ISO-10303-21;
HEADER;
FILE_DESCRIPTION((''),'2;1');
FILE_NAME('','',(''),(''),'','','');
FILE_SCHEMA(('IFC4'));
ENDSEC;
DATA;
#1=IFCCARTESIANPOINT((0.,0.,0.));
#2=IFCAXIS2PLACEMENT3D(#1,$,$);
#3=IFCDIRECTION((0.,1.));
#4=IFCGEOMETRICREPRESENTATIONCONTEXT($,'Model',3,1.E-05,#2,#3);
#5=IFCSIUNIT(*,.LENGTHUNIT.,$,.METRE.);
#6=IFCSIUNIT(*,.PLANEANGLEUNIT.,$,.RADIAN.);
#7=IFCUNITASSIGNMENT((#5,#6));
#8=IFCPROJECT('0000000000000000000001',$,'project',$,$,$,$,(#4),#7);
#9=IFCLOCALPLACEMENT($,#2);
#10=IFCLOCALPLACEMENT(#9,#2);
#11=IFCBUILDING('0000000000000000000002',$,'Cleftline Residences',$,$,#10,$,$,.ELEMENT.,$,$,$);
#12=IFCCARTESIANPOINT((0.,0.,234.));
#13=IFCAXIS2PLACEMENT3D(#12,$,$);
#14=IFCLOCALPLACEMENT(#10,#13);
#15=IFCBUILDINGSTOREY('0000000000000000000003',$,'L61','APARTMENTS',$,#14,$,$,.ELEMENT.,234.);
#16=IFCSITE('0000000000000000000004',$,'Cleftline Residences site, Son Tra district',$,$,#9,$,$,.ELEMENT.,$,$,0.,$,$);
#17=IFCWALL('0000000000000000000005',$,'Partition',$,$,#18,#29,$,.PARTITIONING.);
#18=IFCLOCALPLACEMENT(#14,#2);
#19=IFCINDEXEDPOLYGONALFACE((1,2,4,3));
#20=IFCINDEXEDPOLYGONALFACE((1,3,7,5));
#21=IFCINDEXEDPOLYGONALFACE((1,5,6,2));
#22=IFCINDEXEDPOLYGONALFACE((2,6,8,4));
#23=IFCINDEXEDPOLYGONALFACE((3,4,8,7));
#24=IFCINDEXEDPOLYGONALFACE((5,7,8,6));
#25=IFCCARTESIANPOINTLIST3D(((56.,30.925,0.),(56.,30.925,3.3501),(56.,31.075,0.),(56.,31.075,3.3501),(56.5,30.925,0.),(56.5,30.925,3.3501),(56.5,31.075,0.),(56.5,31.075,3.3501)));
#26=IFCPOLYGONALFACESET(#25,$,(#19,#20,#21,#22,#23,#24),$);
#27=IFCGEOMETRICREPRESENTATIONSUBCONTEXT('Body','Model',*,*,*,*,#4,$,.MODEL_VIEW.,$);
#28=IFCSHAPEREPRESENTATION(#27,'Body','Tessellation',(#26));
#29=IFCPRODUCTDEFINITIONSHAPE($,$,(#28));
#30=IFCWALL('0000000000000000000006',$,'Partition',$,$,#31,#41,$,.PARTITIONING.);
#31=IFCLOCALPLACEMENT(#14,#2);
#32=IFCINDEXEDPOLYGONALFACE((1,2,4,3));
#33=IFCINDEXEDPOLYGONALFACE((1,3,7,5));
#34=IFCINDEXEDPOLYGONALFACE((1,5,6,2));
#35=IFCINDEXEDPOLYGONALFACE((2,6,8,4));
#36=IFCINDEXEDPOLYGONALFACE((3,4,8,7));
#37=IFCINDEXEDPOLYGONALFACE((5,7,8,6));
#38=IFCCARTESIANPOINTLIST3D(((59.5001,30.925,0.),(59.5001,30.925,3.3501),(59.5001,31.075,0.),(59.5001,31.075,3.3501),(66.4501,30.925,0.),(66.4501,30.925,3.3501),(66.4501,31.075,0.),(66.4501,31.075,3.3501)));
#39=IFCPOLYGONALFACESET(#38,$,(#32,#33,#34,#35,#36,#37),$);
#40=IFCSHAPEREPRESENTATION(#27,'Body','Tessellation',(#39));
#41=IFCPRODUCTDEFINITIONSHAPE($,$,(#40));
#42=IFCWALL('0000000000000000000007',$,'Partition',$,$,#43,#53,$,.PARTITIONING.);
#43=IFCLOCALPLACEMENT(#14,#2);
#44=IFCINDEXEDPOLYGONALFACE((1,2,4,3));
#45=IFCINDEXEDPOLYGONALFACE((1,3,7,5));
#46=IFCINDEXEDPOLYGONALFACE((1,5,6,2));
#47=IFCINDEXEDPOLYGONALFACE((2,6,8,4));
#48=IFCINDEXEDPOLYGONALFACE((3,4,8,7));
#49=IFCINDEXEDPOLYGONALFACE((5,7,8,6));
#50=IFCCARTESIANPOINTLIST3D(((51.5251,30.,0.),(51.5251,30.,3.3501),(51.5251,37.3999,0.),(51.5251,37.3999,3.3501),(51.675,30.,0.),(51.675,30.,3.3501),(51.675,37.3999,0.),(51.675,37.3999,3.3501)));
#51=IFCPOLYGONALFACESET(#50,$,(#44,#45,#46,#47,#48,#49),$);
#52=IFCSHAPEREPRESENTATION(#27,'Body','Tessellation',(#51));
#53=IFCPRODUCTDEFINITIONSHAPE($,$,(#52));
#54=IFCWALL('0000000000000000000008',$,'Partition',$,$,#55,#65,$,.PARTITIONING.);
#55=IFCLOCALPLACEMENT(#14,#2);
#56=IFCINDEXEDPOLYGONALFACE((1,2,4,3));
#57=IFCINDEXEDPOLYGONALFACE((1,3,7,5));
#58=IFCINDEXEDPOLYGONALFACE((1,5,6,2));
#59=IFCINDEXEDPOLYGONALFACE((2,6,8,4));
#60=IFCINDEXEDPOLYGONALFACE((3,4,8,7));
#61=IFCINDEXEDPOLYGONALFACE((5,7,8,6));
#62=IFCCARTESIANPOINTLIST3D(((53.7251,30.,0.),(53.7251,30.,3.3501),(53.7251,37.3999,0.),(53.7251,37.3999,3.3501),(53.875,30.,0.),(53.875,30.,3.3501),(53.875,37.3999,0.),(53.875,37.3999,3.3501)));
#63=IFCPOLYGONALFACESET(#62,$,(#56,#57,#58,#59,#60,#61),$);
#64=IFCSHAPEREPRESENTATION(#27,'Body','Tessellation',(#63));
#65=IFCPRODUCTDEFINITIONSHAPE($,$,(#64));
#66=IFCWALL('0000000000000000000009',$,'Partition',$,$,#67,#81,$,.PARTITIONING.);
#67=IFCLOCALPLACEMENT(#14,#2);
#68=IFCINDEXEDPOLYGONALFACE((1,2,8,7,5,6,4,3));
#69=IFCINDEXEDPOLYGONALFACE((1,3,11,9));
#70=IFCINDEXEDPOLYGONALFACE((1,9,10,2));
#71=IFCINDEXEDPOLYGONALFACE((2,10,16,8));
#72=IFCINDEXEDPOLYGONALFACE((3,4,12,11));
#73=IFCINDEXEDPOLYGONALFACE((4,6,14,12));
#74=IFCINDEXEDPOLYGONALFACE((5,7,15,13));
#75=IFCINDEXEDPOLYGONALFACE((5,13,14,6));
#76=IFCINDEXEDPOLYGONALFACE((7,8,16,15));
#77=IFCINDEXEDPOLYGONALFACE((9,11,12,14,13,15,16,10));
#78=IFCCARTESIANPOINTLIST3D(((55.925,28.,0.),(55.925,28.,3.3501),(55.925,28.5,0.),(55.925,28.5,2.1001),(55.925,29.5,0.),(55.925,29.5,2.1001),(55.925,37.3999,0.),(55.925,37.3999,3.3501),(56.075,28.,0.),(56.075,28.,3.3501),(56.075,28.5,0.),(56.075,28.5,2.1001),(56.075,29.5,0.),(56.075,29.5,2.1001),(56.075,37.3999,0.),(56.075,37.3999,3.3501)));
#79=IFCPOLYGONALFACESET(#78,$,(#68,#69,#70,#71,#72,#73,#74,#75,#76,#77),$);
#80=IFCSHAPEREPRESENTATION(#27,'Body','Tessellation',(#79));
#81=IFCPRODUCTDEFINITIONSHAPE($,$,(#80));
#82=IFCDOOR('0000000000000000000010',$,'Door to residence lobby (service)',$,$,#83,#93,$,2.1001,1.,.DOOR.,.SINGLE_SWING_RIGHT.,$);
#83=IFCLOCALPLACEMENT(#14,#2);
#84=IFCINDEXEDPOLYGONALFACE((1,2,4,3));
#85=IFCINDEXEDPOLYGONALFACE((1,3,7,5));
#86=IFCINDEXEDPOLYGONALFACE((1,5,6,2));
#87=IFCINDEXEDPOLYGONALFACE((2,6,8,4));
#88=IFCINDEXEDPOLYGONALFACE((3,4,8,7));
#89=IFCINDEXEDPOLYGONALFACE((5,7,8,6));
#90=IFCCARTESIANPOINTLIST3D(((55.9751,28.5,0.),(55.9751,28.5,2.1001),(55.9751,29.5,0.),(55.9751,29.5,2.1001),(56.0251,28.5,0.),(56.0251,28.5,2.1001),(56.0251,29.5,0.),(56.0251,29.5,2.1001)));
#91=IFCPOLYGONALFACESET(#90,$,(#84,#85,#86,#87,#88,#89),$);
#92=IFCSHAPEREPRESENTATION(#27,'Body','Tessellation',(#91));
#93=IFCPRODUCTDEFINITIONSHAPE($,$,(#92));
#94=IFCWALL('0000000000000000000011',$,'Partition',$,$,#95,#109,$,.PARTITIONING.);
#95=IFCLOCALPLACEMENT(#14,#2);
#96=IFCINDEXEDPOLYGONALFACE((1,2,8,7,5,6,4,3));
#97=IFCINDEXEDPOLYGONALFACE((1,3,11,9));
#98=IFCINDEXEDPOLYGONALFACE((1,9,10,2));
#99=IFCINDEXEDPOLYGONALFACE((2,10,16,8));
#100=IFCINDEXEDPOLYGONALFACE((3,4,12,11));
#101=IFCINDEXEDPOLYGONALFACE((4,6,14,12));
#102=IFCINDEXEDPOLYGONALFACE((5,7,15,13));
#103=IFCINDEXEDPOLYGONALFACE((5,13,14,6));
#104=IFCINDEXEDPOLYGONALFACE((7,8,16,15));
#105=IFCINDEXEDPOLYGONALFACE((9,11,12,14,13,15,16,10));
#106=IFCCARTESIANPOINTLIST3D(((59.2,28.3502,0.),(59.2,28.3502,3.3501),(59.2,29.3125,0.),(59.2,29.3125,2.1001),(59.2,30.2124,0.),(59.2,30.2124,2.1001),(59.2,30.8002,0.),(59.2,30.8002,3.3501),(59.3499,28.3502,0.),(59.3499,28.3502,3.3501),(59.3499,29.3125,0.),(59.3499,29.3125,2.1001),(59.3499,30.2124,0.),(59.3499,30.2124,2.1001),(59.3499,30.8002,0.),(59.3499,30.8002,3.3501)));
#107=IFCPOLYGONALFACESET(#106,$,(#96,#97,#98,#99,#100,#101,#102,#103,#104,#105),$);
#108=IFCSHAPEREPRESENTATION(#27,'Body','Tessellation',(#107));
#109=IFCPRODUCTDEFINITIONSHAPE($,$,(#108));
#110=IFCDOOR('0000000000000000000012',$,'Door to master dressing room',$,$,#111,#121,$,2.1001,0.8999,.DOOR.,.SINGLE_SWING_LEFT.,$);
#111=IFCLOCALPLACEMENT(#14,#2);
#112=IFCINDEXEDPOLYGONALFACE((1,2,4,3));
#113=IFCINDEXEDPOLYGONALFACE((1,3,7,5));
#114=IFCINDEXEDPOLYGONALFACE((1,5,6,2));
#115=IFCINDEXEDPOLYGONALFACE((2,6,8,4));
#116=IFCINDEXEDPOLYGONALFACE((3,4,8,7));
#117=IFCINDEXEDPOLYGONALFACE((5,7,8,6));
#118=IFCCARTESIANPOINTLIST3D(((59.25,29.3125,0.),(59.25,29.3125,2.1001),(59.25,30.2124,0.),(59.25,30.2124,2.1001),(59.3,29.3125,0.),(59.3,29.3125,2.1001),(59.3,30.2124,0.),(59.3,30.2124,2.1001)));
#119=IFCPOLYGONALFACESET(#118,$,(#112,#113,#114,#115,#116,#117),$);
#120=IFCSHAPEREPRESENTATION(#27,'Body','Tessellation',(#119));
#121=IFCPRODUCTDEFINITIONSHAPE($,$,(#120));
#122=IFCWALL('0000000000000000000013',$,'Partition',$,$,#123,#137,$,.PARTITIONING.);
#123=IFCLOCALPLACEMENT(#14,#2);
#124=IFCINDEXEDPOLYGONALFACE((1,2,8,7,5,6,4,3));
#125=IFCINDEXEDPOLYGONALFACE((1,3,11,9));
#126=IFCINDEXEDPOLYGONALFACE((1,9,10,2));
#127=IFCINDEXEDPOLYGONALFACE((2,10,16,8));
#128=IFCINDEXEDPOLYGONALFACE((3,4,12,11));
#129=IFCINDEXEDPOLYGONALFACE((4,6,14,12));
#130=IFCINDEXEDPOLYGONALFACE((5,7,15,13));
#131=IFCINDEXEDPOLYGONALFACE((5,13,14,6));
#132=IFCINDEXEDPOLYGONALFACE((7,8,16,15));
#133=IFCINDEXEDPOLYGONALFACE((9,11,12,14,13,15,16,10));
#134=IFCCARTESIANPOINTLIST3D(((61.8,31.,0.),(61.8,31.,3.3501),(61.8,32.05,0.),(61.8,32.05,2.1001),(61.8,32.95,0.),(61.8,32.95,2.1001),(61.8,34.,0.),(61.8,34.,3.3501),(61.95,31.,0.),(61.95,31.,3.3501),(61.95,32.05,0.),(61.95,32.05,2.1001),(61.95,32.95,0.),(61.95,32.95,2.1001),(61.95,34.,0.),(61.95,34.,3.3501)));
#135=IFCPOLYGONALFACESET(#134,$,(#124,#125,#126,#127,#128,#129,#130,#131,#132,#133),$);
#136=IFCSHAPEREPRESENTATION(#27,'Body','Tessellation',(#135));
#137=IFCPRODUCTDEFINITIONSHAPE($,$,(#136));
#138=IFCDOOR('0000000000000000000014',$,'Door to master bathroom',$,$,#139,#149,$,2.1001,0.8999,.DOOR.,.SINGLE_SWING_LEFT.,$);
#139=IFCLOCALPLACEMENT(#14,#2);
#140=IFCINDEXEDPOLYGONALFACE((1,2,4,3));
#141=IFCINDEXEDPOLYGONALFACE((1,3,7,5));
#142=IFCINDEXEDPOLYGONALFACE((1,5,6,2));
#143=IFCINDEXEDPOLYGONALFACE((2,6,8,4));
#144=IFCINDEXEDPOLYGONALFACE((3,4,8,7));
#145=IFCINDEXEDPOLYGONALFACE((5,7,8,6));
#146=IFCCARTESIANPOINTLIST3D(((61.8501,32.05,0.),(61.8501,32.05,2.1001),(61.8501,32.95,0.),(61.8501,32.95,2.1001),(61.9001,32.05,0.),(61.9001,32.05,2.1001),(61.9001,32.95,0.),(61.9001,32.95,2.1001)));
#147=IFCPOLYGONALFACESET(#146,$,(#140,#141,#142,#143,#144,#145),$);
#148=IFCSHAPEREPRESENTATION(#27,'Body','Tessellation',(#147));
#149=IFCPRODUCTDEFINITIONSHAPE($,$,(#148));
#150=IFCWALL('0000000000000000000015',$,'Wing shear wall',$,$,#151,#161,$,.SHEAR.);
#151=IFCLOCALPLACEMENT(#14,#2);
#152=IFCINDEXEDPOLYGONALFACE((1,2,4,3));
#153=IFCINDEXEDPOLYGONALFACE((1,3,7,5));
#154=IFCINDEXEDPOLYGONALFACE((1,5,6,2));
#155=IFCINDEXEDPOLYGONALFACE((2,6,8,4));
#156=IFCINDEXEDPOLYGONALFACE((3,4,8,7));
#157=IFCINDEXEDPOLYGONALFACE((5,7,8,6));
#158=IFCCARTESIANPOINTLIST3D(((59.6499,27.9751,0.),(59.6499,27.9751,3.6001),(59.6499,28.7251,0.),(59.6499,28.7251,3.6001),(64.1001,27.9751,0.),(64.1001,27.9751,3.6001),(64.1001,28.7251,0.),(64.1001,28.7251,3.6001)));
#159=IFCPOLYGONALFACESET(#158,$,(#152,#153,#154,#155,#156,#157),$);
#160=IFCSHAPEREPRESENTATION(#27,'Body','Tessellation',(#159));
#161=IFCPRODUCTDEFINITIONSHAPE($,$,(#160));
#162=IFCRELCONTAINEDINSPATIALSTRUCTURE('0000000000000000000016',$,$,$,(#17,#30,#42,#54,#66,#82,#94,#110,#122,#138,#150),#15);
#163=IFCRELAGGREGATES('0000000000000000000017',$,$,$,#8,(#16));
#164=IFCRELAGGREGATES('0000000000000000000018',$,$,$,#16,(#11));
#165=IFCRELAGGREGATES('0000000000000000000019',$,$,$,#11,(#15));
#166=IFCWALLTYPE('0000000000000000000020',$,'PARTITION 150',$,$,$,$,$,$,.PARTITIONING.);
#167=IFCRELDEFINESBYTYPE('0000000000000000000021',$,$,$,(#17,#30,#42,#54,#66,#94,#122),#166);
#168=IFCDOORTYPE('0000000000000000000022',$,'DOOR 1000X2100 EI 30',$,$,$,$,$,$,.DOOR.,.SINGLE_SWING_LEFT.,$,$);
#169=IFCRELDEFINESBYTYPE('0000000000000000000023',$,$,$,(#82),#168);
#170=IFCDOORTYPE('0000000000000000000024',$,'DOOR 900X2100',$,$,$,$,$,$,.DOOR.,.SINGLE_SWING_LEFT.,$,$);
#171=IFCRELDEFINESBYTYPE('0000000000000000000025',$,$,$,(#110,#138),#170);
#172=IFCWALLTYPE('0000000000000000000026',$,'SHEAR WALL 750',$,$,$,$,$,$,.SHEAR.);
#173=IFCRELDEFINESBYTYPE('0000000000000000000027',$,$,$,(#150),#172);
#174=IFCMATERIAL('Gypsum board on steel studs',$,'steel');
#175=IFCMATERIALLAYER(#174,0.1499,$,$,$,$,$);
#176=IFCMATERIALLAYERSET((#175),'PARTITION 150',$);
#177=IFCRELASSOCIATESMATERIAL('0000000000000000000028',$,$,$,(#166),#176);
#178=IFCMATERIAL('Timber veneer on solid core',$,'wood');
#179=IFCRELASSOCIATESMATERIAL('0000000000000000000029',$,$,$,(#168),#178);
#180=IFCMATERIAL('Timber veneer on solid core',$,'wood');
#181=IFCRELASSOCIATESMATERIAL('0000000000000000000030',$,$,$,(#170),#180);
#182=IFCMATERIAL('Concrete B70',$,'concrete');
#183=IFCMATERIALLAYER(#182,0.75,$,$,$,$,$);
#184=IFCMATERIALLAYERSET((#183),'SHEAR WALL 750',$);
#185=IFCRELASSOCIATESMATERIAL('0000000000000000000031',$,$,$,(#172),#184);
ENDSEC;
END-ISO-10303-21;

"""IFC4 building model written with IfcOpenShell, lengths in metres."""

from ifc_helpers import new_model, si_unit, direction, frame, frame_2d, origin, place, context, subcontext, project, spatial, rectangle, extrude, material, layer, layer_set, type_object, element, fill, save


model = new_model("IFC4")

# Units and contexts
model_context = context("Model", 3, precision=1e-05, world=origin(), true_north=direction((0.0, 1.0)))
body_context = subcontext(model_context, "Body", "Model", "MODEL_VIEW")
ifc_project = project(units=[si_unit("LENGTHUNIT", "METRE"), si_unit("PLANEANGLEUNIT", "RADIAN")], contexts=[model_context])

# Site, building, storey
site_placement = place(None, origin())
site = spatial("IfcSite", under=ifc_project, at=site_placement, Name="Cleftline Residences site, Son Tra district", CompositionType="ELEMENT", RefElevation=0.0)
building_placement = place(site_placement, origin())
building = spatial("IfcBuilding", under=site, at=building_placement, Name="Cleftline Residences", CompositionType="ELEMENT")
storey_placement = place(building_placement, frame((0.0, 0.0, 234.0)))
storey = spatial("IfcBuildingStorey", under=building, at=storey_placement, Name="L61", Description="APARTMENTS", CompositionType="ELEMENT", Elevation=234.0)

# Shared definitions
ifc_material_1 = material(Name="Gypsum board on steel studs", Category="steel")
ifc_layer_1 = layer(ifc_material_1, 0.1499)
ifc_layer_set_1 = layer_set([ifc_layer_1], Name="PARTITION 150")
wall_type_1 = type_object("IfcWallType", Name="PARTITION 150", PredefinedType="PARTITIONING", material=ifc_layer_set_1)

# Walls
wall_1_placement = place(storey_placement, frame((56.0, 31.0, 0.0), z_axis=(0.0, 0.0, 1.0), x_axis=(1.0, 0.0, 0.0)))
element("IfcWall", 1, at=wall_1_placement, inside=storey, type_object=wall_type_1, Name="Partition", PredefinedType="PARTITIONING", context=body_context, shape_type="SweptSolid", body=[
    extrude(rectangle(XDim=0.5, YDim=0.1499, at=frame_2d((0.25, 0.0))), origin(), (0.0, 0.0, 1.0), 3.3501),
])
wall_2_placement = place(storey_placement, frame((59.5, 31.0, 0.0), z_axis=(0.0, 0.0, 1.0), x_axis=(1.0, 0.0, 0.0)))
element("IfcWall", 2, at=wall_2_placement, inside=storey, type_object=wall_type_1, Name="Partition", PredefinedType="PARTITIONING", context=body_context, shape_type="SweptSolid", body=[
    extrude(rectangle(XDim=6.95, YDim=0.1499, at=frame_2d((3.4751, 0.0))), origin(), (0.0, 0.0, 1.0), 3.3501),
])
for number, where, z_axis, x_axis, name in (
    (3, (51.6001, 30.0, 0.0), (0.0, 0.0, 1.0), (0.0, 1.0, 0.0), "Partition"),
    (4, (53.8, 30.0, 0.0), (0.0, 0.0, 1.0), (0.0, 1.0, 0.0), "Partition"),
):
    element("IfcWall", number, at=place(storey_placement, frame(where, z_axis=z_axis, x_axis=x_axis)), inside=storey, type_object=wall_type_1, Name=name, PredefinedType="PARTITIONING", context=body_context, shape_type="SweptSolid", body=[
        extrude(rectangle(XDim=7.3999, YDim=0.1499, at=frame_2d((3.7, 0.0))), origin(), (0.0, 0.0, 1.0), 3.3501),
    ])

# Walls, openings, doors
wall_3_placement = place(storey_placement, frame((56.0, 28.0, 0.0), z_axis=(0.0, 0.0, 1.0), x_axis=(0.0, 1.0, 0.0)))
wall_3 = element("IfcWall", 5, at=wall_3_placement, inside=storey, type_object=wall_type_1, Name="Partition", PredefinedType="PARTITIONING", context=body_context, shape_type="SweptSolid", body=[
    extrude(rectangle(XDim=9.3999, YDim=0.1499, at=frame_2d((4.7, 0.0))), origin(), (0.0, 0.0, 1.0), 3.3501),
])
opening_1_placement = place(wall_3_placement, frame((0.5, 0.0, 0.0)))
opening_1 = element("IfcOpeningElement", 6, at=opening_1_placement, cuts=wall_3, PredefinedType="OPENING", context=body_context, shape_type="SweptSolid", body=[
    extrude(rectangle(XDim=1.0, YDim=2.1001, at=frame_2d((0.5, 1.05))), frame((0.0, 0.085, 0.0), z_axis=(0.0, -1.0, 0.0), x_axis=(1.0, 0.0, 0.0)), (0.0, 0.0, 1.0), 0.1699),
])
ifc_material_2 = material(Name="Timber veneer on solid core", Category="wood")
door_type_1 = type_object("IfcDoorType", Name="DOOR 1000X2100 EI 30", OperationType="SINGLE_SWING_LEFT", PredefinedType="DOOR", material=ifc_material_2)
door_1_placement = place(opening_1_placement, origin())
door_1 = element("IfcDoor", 7, at=door_1_placement, inside=storey, type_object=door_type_1, Name="Door to residence lobby (service)", OperationType="SINGLE_SWING_RIGHT", OverallHeight=2.1001, OverallWidth=1.0, PredefinedType="DOOR", context=body_context, shape_type="SweptSolid", body=[
    extrude(rectangle(XDim=1.0, YDim=2.1001, at=frame_2d((0.5, 1.05))), frame((0.0, 0.0249, 0.0), z_axis=(0.0, -1.0, 0.0), x_axis=(1.0, 0.0, 0.0)), (0.0, 0.0, 1.0), 0.05),
])
fill(opening_1, door_1)
wall_4_placement = place(storey_placement, frame((59.2749, 28.3501, 0.0), z_axis=(0.0, 0.0, 1.0), x_axis=(0.0, 1.0, 0.0)))
wall_4 = element("IfcWall", 8, at=wall_4_placement, inside=storey, type_object=wall_type_1, Name="Partition", PredefinedType="PARTITIONING", context=body_context, shape_type="SweptSolid", body=[
    extrude(rectangle(XDim=2.45, YDim=0.1499, at=frame_2d((1.2251, 0.0))), origin(), (0.0, 0.0, 1.0), 3.3501),
])
opening_2_placement = place(wall_4_placement, frame((0.9624, 0.0, 0.0)))
opening_2 = element("IfcOpeningElement", 9, at=opening_2_placement, cuts=wall_4, PredefinedType="OPENING", context=body_context, shape_type="SweptSolid", body=[
    extrude(rectangle(XDim=0.8999, YDim=2.1001, at=frame_2d((0.45, 1.05))), frame((0.0, 0.085, 0.0), z_axis=(0.0, -1.0, 0.0), x_axis=(1.0, 0.0, 0.0)), (0.0, 0.0, 1.0), 0.1699),
])
ifc_material_3 = material(Name="Timber veneer on solid core", Category="wood")
door_type_2 = type_object("IfcDoorType", Name="DOOR 900X2100", OperationType="SINGLE_SWING_LEFT", PredefinedType="DOOR", material=ifc_material_3)
door_2_placement = place(opening_2_placement, origin())
door_2 = element("IfcDoor", 10, at=door_2_placement, inside=storey, type_object=door_type_2, Name="Door to master dressing room", OperationType="SINGLE_SWING_LEFT", OverallHeight=2.1001, OverallWidth=0.8999, PredefinedType="DOOR", context=body_context, shape_type="SweptSolid", body=[
    extrude(rectangle(XDim=0.8999, YDim=2.1001, at=frame_2d((0.45, 1.05))), frame((0.0, 0.0249, 0.0), z_axis=(0.0, -1.0, 0.0), x_axis=(1.0, 0.0, 0.0)), (0.0, 0.0, 1.0), 0.05),
])
fill(opening_2, door_2)
wall_5_placement = place(storey_placement, frame((61.875, 31.0, 0.0), z_axis=(0.0, 0.0, 1.0), x_axis=(0.0, 1.0, 0.0)))
wall_5 = element("IfcWall", 11, at=wall_5_placement, inside=storey, type_object=wall_type_1, Name="Partition", PredefinedType="PARTITIONING", context=body_context, shape_type="SweptSolid", body=[
    extrude(rectangle(XDim=3.0, YDim=0.1499, at=frame_2d((1.5, 0.0))), origin(), (0.0, 0.0, 1.0), 3.3501),
])
opening_3_placement = place(wall_5_placement, frame((1.05, 0.0, 0.0)))
opening_3 = element("IfcOpeningElement", 12, at=opening_3_placement, cuts=wall_5, PredefinedType="OPENING", context=body_context, shape_type="SweptSolid", body=[
    extrude(rectangle(XDim=0.8999, YDim=2.1001, at=frame_2d((0.45, 1.05))), frame((0.0, 0.085, 0.0), z_axis=(0.0, -1.0, 0.0), x_axis=(1.0, 0.0, 0.0)), (0.0, 0.0, 1.0), 0.1699),
])
door_3_placement = place(opening_3_placement, origin())
door_3 = element("IfcDoor", 13, at=door_3_placement, inside=storey, type_object=door_type_2, Name="Door to master bathroom", OperationType="SINGLE_SWING_LEFT", OverallHeight=2.1001, OverallWidth=0.8999, PredefinedType="DOOR", context=body_context, shape_type="SweptSolid", body=[
    extrude(rectangle(XDim=0.8999, YDim=2.1001, at=frame_2d((0.45, 1.05))), frame((0.0, 0.0249, 0.0), z_axis=(0.0, -1.0, 0.0), x_axis=(1.0, 0.0, 0.0)), (0.0, 0.0, 1.0), 0.05),
])
fill(opening_3, door_3)

# Wall
ifc_material_4 = material(Name="Concrete B70", Category="concrete")
ifc_layer_2 = layer(ifc_material_4, 0.75)
ifc_layer_set_2 = layer_set([ifc_layer_2], Name="SHEAR WALL 750")
wall_type_2 = type_object("IfcWallType", Name="SHEAR WALL 750", PredefinedType="SHEAR", material=ifc_layer_set_2)
wall_6_placement = place(storey_placement, frame((64.1001, 28.3501, 0.0), z_axis=(0.0, 0.0, 1.0), x_axis=(-1.0, 0.0, 0.0)))
element("IfcWall", 14, at=wall_6_placement, inside=storey, type_object=wall_type_2, Name="Wing shear wall", PredefinedType="SHEAR", context=body_context, shape_type="SweptSolid", body=[
    extrude(rectangle(XDim=4.4502, YDim=0.75, at=frame_2d((2.2251, 0.0))), origin(), (0.0, 0.0, 1.0), 3.6001),
])

save(model, "model.ifc")
